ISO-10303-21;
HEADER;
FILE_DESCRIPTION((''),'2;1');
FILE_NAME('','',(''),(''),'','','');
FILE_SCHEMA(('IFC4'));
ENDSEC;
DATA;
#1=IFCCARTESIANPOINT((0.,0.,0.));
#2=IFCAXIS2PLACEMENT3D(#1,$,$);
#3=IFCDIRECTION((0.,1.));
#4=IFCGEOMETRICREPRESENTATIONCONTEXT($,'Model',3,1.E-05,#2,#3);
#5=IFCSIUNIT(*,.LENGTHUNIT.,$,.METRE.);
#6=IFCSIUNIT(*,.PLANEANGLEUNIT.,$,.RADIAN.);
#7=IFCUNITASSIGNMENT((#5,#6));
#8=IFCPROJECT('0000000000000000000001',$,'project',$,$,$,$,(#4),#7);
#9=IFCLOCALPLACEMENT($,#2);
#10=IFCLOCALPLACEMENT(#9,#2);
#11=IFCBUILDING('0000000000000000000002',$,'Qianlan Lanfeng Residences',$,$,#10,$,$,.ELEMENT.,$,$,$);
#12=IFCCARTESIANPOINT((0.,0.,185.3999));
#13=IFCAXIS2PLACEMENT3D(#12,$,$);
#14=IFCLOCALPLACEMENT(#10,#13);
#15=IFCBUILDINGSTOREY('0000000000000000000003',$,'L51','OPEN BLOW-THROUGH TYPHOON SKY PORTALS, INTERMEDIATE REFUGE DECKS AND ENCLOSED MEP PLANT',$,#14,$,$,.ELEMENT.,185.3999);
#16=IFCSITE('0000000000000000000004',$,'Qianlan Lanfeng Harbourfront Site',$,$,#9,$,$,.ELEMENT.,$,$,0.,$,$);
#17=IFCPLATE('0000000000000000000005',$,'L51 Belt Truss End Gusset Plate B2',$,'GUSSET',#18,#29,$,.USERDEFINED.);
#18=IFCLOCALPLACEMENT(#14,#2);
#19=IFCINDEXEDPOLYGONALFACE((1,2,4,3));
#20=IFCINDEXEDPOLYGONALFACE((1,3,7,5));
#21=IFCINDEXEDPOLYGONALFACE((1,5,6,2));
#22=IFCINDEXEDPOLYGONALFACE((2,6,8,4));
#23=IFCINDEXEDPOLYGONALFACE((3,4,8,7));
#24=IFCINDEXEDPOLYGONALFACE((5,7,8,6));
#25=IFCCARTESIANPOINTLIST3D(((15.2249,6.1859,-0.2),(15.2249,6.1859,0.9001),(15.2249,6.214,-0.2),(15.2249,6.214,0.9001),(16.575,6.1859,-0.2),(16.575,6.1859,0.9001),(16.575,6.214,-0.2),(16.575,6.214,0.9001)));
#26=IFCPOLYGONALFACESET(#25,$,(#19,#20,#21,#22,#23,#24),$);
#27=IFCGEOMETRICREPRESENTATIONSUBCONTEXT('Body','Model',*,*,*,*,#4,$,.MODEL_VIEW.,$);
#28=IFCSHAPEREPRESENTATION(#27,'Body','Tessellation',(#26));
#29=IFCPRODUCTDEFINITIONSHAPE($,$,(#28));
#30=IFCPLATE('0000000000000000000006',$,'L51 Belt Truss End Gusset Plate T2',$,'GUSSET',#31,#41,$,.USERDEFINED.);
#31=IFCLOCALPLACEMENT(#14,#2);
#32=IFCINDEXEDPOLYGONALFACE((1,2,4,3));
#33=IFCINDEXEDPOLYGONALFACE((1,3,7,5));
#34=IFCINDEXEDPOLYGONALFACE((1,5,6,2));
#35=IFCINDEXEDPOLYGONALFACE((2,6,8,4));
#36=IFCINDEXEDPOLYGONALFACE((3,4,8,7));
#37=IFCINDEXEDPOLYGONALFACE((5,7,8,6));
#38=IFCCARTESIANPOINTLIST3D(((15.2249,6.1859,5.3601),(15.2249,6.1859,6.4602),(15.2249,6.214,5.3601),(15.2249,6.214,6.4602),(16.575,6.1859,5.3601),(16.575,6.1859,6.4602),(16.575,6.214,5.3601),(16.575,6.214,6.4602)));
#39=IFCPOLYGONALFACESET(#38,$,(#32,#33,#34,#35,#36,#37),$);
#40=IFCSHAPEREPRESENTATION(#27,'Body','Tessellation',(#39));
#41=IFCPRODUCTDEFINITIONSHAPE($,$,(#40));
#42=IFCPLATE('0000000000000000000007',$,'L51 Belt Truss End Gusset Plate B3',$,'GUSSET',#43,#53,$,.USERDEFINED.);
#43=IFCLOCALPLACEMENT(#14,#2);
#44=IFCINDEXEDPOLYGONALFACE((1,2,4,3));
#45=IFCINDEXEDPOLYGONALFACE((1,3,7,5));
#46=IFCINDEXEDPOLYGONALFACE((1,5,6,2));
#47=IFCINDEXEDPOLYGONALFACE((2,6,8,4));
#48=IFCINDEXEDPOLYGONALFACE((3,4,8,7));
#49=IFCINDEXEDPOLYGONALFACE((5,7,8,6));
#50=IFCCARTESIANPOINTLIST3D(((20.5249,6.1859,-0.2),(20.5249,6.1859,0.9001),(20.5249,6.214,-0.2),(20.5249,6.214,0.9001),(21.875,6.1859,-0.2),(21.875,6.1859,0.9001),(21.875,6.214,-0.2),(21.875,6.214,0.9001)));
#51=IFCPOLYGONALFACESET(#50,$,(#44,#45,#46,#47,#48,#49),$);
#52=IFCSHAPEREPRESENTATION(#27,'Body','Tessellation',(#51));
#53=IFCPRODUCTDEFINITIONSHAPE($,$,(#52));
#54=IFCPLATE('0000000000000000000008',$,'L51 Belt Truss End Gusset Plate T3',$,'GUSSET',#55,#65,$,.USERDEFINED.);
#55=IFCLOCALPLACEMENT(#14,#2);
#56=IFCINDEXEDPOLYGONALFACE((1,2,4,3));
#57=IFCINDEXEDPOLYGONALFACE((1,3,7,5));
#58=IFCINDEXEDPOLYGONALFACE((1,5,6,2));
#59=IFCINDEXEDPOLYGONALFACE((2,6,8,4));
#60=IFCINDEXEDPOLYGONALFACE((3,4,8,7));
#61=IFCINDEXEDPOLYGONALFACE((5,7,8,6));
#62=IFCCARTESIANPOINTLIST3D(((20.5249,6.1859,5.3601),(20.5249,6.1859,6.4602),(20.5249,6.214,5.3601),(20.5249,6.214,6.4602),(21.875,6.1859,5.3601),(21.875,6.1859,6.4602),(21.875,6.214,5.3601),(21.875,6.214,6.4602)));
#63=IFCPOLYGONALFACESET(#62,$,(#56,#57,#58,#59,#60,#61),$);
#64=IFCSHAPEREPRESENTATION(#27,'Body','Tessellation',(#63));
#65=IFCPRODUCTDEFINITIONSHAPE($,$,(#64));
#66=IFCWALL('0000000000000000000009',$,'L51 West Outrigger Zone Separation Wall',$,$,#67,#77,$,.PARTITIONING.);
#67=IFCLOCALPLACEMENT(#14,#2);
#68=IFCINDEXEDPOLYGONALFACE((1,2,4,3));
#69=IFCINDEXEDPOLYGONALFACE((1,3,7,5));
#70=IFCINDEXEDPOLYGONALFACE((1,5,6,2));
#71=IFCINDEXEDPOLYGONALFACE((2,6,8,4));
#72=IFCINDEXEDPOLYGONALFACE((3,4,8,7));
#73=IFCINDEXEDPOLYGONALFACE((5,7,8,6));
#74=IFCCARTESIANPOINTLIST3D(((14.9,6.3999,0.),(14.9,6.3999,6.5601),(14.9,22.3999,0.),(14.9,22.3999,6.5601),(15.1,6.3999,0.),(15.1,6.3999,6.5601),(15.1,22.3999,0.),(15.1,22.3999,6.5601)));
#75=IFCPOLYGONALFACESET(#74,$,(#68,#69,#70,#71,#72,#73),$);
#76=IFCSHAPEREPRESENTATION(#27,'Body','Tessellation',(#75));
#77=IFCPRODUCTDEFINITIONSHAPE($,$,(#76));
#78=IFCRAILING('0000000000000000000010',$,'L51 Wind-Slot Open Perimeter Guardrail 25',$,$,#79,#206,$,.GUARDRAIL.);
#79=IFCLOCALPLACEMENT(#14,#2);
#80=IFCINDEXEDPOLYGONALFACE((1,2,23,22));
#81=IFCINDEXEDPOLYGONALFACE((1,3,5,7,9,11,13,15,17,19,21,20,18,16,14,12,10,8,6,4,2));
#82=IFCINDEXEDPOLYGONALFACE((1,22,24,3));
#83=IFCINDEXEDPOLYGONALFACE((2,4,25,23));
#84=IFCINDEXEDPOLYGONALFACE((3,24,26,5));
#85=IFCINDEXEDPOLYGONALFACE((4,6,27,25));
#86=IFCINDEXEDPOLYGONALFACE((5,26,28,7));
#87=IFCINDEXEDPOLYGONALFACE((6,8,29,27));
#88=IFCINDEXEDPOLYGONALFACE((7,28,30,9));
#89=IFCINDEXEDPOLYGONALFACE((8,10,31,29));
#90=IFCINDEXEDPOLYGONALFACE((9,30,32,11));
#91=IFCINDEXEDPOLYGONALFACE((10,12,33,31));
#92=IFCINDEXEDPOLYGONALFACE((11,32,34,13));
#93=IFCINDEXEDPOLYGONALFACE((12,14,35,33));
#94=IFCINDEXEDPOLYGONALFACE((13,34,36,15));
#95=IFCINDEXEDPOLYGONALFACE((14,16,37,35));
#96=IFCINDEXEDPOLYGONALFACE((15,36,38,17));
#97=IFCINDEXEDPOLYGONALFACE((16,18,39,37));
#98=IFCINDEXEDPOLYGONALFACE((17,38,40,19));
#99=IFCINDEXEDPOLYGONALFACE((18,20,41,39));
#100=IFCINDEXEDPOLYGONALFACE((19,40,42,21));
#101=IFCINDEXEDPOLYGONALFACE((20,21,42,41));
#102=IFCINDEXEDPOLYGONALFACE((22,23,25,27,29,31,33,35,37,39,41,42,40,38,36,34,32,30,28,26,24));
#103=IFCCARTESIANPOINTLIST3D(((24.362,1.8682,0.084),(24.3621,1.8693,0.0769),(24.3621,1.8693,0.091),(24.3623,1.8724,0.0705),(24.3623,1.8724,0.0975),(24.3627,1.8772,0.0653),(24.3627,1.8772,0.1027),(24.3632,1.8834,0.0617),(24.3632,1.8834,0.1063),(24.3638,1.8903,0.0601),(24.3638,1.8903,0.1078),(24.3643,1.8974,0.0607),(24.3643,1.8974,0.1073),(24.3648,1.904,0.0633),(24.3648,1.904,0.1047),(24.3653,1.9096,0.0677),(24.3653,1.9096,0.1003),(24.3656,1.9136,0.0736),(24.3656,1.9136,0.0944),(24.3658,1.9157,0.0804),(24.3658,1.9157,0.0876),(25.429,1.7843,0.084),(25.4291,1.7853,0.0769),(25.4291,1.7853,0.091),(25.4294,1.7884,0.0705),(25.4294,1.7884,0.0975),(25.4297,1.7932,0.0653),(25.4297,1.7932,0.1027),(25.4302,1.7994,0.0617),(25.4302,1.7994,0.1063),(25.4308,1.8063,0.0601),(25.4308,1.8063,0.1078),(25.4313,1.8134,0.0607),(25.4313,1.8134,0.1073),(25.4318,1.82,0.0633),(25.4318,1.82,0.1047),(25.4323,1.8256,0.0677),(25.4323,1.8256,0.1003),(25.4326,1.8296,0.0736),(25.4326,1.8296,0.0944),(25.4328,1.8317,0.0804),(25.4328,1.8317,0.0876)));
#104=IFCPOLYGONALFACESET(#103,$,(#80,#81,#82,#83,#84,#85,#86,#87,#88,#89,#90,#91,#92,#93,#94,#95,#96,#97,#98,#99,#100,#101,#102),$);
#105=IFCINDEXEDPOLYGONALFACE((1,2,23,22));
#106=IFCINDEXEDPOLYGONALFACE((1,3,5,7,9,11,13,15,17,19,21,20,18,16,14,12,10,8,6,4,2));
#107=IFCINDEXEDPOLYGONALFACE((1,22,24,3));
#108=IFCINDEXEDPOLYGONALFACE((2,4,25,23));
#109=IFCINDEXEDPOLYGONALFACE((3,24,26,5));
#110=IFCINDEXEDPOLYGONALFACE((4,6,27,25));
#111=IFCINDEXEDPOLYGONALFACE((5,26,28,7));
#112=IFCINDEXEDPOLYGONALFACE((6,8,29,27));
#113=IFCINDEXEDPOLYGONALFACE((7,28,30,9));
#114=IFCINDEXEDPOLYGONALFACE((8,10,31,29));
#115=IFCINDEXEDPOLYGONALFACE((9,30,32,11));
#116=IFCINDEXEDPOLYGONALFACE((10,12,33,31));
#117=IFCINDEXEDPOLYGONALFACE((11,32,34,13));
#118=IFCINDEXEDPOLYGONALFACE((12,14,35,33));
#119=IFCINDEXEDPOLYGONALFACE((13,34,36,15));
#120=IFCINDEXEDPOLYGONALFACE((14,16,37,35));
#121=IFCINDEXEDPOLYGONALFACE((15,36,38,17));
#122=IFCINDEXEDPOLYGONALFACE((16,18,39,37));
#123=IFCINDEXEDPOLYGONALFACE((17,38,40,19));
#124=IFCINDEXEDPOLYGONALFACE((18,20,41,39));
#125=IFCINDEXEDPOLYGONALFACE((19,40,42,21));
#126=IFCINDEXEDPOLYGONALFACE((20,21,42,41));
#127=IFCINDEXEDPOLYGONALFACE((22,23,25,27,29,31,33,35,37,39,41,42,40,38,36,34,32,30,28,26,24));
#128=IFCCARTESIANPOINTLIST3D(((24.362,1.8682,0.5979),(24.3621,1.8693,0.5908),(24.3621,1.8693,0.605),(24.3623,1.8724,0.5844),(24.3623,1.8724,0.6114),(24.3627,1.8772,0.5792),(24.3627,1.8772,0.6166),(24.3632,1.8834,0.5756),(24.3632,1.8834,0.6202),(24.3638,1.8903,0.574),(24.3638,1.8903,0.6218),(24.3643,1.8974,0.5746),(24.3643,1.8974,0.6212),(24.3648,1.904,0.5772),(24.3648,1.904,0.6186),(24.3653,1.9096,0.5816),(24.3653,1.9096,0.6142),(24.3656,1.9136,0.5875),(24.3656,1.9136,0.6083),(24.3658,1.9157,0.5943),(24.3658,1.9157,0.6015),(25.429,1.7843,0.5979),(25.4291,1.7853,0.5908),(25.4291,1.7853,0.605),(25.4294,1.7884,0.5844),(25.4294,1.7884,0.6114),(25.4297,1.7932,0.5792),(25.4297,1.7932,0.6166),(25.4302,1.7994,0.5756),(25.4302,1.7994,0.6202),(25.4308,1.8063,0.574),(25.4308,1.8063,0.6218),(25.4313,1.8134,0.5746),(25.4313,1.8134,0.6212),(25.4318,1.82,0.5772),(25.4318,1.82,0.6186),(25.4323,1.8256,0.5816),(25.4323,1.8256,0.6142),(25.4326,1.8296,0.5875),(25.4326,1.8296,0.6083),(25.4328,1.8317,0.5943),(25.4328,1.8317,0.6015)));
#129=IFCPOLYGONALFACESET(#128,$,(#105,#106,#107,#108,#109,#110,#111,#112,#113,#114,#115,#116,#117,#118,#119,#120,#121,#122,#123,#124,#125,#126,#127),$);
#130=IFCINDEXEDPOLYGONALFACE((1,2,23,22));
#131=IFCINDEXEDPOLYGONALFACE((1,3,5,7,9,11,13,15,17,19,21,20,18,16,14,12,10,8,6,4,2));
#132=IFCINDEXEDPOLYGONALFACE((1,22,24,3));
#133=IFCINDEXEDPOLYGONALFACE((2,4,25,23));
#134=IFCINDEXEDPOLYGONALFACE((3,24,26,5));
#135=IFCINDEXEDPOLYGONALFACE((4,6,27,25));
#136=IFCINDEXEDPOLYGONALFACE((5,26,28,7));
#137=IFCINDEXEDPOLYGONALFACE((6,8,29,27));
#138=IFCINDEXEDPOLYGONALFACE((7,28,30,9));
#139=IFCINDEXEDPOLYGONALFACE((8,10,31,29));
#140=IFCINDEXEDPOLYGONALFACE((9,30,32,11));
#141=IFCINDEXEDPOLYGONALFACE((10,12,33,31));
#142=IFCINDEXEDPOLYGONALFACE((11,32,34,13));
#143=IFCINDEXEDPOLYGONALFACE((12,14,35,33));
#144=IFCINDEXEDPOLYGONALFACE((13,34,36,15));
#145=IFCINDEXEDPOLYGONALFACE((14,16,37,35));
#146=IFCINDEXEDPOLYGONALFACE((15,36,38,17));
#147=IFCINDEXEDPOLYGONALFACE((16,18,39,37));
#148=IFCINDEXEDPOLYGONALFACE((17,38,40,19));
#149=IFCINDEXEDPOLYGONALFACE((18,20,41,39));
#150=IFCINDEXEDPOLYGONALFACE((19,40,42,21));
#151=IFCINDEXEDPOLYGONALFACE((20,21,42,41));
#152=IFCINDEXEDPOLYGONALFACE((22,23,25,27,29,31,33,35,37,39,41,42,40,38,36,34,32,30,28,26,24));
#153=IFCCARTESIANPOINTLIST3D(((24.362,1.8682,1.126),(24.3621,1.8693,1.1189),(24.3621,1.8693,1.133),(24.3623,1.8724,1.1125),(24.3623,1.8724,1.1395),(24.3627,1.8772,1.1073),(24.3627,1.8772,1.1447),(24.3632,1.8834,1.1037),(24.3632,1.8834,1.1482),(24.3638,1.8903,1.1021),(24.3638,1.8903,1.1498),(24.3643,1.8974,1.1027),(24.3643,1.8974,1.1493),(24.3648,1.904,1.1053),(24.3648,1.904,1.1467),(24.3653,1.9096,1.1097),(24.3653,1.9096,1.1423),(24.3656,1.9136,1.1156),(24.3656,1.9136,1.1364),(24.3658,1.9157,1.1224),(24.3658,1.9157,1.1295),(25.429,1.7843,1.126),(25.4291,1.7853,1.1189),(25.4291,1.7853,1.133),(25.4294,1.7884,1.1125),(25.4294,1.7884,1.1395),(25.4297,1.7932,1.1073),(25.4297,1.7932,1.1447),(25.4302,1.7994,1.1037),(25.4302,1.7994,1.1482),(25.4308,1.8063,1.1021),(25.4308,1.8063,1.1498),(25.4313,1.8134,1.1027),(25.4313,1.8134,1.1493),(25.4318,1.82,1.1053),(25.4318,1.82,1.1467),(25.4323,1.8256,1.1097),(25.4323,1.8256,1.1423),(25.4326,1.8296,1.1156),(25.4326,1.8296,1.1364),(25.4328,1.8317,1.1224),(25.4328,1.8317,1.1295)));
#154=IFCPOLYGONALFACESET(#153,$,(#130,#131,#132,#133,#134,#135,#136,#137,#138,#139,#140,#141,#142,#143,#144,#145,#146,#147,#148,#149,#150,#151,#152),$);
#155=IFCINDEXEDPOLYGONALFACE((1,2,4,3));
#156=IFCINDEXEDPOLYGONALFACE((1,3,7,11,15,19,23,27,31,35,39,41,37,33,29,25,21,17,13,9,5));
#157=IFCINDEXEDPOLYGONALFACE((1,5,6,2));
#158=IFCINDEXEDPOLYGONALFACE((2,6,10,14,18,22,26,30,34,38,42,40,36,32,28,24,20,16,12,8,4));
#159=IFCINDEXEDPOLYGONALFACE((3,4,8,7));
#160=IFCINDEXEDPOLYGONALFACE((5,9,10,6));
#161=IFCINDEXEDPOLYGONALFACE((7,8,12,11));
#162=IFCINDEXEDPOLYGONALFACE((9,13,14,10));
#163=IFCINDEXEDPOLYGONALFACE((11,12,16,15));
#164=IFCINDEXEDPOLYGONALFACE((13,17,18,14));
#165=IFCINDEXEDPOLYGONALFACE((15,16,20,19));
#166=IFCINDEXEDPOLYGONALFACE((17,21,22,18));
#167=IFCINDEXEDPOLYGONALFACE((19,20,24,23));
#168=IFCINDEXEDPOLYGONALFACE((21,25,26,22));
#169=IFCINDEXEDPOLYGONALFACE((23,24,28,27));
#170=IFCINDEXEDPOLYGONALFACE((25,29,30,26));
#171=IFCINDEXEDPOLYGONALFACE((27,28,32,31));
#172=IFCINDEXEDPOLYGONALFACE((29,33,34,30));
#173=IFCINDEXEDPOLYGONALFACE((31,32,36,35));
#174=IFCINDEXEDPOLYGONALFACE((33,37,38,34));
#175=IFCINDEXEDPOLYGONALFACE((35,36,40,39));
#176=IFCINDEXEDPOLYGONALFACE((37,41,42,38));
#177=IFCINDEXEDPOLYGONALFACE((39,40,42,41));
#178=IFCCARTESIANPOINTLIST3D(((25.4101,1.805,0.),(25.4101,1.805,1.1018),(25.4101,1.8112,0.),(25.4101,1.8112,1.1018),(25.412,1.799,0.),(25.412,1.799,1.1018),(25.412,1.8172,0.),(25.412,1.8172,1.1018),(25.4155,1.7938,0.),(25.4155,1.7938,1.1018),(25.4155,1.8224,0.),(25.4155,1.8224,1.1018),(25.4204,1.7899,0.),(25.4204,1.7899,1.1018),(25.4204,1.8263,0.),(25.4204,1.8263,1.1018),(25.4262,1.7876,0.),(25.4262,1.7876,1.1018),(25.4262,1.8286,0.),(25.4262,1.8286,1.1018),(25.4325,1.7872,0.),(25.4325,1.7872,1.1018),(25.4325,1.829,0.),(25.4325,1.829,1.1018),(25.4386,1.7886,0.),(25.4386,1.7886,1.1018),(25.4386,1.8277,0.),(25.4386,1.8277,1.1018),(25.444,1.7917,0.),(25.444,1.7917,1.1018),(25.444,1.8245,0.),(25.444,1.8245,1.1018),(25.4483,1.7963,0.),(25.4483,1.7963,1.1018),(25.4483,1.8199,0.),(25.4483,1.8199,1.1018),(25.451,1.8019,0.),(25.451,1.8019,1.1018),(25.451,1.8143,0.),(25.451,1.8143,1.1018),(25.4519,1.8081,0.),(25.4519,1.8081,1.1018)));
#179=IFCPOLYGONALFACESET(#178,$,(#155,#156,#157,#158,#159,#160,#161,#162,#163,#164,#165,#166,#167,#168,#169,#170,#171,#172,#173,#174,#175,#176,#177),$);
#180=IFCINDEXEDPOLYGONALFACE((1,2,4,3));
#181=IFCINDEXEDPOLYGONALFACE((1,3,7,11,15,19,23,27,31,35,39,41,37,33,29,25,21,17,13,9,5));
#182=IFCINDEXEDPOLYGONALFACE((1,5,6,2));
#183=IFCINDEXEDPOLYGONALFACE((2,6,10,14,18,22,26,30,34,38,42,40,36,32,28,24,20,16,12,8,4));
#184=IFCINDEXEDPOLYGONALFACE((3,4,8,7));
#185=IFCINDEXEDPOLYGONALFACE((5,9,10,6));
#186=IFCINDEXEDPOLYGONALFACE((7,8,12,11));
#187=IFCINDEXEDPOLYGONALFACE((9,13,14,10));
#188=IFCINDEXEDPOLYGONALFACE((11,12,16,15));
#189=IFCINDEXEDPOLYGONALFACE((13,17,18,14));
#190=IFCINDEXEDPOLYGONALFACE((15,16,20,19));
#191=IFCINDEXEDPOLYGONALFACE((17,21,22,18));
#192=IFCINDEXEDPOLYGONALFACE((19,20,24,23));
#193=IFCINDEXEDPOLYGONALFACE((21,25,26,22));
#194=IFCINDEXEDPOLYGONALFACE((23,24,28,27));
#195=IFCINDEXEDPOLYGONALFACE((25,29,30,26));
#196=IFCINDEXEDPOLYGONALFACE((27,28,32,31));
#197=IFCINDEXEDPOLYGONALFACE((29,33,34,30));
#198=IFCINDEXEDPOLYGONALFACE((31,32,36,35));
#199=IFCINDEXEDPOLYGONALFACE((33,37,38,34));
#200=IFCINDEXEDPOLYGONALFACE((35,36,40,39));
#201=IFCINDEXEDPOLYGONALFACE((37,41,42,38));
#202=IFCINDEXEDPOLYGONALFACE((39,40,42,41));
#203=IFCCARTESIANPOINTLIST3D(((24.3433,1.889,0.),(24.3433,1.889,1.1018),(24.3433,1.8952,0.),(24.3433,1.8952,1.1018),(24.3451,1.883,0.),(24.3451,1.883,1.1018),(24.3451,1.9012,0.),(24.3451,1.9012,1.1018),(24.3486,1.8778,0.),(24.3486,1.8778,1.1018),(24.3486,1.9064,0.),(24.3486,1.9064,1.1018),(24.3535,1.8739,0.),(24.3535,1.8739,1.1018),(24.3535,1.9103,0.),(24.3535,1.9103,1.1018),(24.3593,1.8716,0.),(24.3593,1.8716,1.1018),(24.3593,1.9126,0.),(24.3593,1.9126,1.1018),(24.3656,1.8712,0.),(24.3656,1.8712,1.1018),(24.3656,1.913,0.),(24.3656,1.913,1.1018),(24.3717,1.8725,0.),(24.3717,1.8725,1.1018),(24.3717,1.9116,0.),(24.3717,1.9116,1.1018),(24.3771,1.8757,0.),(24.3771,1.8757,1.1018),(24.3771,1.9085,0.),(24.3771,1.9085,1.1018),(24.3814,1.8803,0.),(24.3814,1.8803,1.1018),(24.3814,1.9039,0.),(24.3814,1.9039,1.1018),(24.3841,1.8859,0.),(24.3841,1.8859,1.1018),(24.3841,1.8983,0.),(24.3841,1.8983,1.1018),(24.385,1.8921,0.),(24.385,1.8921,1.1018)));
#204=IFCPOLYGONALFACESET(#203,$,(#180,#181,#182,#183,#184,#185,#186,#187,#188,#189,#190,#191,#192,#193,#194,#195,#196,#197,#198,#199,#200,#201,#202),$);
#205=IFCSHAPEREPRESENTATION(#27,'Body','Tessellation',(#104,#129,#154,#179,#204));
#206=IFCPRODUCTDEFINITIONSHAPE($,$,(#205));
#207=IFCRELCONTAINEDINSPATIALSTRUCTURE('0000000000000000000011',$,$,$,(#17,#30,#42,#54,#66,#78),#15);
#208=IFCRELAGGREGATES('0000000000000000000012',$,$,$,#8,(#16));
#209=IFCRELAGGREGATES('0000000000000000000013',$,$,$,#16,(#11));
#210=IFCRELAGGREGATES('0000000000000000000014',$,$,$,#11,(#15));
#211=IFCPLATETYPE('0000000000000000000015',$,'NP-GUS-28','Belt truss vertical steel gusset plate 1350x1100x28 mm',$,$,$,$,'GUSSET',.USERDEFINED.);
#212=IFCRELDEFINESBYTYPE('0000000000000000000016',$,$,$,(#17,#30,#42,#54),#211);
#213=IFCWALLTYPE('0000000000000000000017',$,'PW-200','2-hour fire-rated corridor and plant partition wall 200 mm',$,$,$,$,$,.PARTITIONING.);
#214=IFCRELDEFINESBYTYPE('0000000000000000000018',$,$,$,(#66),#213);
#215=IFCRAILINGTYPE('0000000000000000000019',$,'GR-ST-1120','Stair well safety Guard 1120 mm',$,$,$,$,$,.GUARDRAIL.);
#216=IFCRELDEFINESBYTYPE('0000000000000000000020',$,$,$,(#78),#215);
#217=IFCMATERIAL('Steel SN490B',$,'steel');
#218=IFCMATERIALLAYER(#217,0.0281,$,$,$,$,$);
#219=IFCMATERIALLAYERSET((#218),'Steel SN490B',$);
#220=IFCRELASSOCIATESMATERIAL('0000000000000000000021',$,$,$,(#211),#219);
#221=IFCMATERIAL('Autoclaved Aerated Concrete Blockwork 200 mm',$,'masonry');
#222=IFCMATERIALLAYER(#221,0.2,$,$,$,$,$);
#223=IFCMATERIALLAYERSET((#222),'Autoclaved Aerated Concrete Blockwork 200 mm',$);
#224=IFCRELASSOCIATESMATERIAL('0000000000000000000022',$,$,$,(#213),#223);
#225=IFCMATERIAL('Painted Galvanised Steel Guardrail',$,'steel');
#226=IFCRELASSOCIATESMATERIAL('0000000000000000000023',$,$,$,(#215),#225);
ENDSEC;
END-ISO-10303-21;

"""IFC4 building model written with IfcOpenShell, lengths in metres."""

from ifc_helpers import new_model, si_unit, direction, frame, frame_2d, origin, origin_2d, place, context, subcontext, project, spatial, rectangle, circle, extrude, source, transform, mapped, material, layer, layer_set, type_object, element, save


model = new_model("IFC4")

# Units and contexts
model_context = context("Model", 3, precision=1e-05, world=origin(), true_north=direction((0.0, 1.0)))
body_context = subcontext(model_context, "Body", "Model", "MODEL_VIEW")
ifc_project = project(units=[si_unit("LENGTHUNIT", "METRE"), si_unit("PLANEANGLEUNIT", "RADIAN")], contexts=[model_context])

# Site, building, storey
site_placement = place(None, origin())
site = spatial("IfcSite", under=ifc_project, at=site_placement, Name="Qianlan Lanfeng Harbourfront Site", CompositionType="ELEMENT", RefElevation=0.0)
building_placement = place(site_placement, origin())
building = spatial("IfcBuilding", under=site, at=building_placement, Name="Qianlan Lanfeng Residences", CompositionType="ELEMENT")
storey_placement = place(building_placement, frame((0.0, 0.0, 185.3999)))
storey = spatial("IfcBuildingStorey", under=building, at=storey_placement, Name="L51", Description="OPEN BLOW-THROUGH TYPHOON SKY PORTALS, INTERMEDIATE REFUGE DECKS AND ENCLOSED MEP PLANT", CompositionType="ELEMENT", Elevation=185.3999)

# Shared definitions
ifc_material_1 = material(Name="Steel SN490B", Category="steel")

# Plates
ifc_layer_1 = layer(ifc_material_1, 0.0281)
ifc_layer_set_1 = layer_set([ifc_layer_1], Name="Steel SN490B")
plate_type_1 = type_object("IfcPlateType", Name="NP-GUS-28", Description="Belt truss vertical steel gusset plate 1350x1100x28 mm", ElementType="GUSSET", PredefinedType="USERDEFINED", material=ifc_layer_set_1)
shared_shape_1 = source(origin(), body_context, "Body", "SweptSolid", [
    extrude(rectangle(XDim=1.3501, YDim=0.0281, at=origin_2d()), origin(), (0.0, 0.0, 1.0), 1.1001),
])
for number, where, z_axis, x_axis, name in (
    (1, (15.8999, 6.2, -0.2), (0.0, 0.0, 1.0), (1.0, 0.0, 0.0), "L51 Belt Truss End Gusset Plate B2"),
    (2, (15.8999, 6.2, 5.3601), (0.0, 0.0, 1.0), (1.0, 0.0, 0.0), "L51 Belt Truss End Gusset Plate T2"),
    (3, (21.2, 6.2, -0.2), (0.0, 0.0, 1.0), (1.0, 0.0, 0.0), "L51 Belt Truss End Gusset Plate B3"),
    (4, (21.2, 6.2, 5.3601), (0.0, 0.0, 1.0), (1.0, 0.0, 0.0), "L51 Belt Truss End Gusset Plate T3"),
):
    element("IfcPlate", number, at=place(storey_placement, frame(where, z_axis=z_axis, x_axis=x_axis)), inside=storey, type_object=plate_type_1, Name=name, ObjectType="GUSSET", PredefinedType="USERDEFINED", context=body_context, shape_type="MappedRepresentation", body=[
        mapped(shared_shape_1, transform((0.0, 0.0, 0.0), scale=1.0)),
    ])

# Wall
ifc_material_2 = material(Name="Autoclaved Aerated Concrete Blockwork 200 mm", Category="masonry")
ifc_layer_2 = layer(ifc_material_2, 0.2)
ifc_layer_set_2 = layer_set([ifc_layer_2], Name="Autoclaved Aerated Concrete Blockwork 200 mm")
wall_type = type_object("IfcWallType", Name="PW-200", Description="2-hour fire-rated corridor and plant partition wall 200 mm", PredefinedType="PARTITIONING", material=ifc_layer_set_2)
wall_placement = place(storey_placement, frame((15.0, 6.3999, 0.0), z_axis=(0.0, 0.0, 1.0), x_axis=(0.0, 1.0, 0.0)))
element("IfcWall", 5, at=wall_placement, inside=storey, type_object=wall_type, Name="L51 West Outrigger Zone Separation Wall", PredefinedType="PARTITIONING", context=body_context, shape_type="SweptSolid", body=[
    extrude(rectangle(XDim=16.0, YDim=0.2, at=frame_2d((8.0, 0.0))), origin(), (0.0, 0.0, 1.0), 6.5601),
])

# Railing
ifc_material_3 = material(Name="Painted Galvanised Steel Guardrail", Category="steel")
railing_type = type_object("IfcRailingType", Name="GR-ST-1120", Description="Stair well safety Guard 1120 mm", PredefinedType="GUARDRAIL", material=ifc_material_3)
railing_1_placement = place(storey_placement, frame((25.4309, 1.8081, 0.0)))
element("IfcRailing", 6, at=railing_1_placement, inside=storey, type_object=railing_type, Name="L51 Wind-Slot Open Perimeter Guardrail 25", PredefinedType="GUARDRAIL", context=body_context, shape_type="SweptSolid", body=[
    extrude(circle(Radius=0.0239, at=origin_2d()), frame((0.0, 0.0, 0.084), z_axis=(-0.996916, 0.078476, 0.0), x_axis=(-0.078476, -0.996916, 0.0)), (0.0, 0.0, 1.0), 1.0703),
    extrude(circle(Radius=0.0239, at=origin_2d()), frame((0.0, 0.0, 0.5979), z_axis=(-0.996916, 0.078476, 0.0), x_axis=(-0.078476, -0.996916, 0.0)), (0.0, 0.0, 1.0), 1.0703),
    extrude(circle(Radius=0.0239, at=origin_2d()), frame((0.0, 0.0, 1.126), z_axis=(-0.996916, 0.078476, 0.0), x_axis=(-0.078476, -0.996916, 0.0)), (0.0, 0.0, 1.0), 1.0703),
    extrude(circle(Radius=0.021, at=origin_2d()), origin(), (0.0, 0.0, 1.0), 1.1018),
    extrude(circle(Radius=0.021, at=origin_2d()), frame((-1.0669, 0.084, 0.0)), (0.0, 0.0, 1.0), 1.1018),
])

save(model, "model.ifc")
